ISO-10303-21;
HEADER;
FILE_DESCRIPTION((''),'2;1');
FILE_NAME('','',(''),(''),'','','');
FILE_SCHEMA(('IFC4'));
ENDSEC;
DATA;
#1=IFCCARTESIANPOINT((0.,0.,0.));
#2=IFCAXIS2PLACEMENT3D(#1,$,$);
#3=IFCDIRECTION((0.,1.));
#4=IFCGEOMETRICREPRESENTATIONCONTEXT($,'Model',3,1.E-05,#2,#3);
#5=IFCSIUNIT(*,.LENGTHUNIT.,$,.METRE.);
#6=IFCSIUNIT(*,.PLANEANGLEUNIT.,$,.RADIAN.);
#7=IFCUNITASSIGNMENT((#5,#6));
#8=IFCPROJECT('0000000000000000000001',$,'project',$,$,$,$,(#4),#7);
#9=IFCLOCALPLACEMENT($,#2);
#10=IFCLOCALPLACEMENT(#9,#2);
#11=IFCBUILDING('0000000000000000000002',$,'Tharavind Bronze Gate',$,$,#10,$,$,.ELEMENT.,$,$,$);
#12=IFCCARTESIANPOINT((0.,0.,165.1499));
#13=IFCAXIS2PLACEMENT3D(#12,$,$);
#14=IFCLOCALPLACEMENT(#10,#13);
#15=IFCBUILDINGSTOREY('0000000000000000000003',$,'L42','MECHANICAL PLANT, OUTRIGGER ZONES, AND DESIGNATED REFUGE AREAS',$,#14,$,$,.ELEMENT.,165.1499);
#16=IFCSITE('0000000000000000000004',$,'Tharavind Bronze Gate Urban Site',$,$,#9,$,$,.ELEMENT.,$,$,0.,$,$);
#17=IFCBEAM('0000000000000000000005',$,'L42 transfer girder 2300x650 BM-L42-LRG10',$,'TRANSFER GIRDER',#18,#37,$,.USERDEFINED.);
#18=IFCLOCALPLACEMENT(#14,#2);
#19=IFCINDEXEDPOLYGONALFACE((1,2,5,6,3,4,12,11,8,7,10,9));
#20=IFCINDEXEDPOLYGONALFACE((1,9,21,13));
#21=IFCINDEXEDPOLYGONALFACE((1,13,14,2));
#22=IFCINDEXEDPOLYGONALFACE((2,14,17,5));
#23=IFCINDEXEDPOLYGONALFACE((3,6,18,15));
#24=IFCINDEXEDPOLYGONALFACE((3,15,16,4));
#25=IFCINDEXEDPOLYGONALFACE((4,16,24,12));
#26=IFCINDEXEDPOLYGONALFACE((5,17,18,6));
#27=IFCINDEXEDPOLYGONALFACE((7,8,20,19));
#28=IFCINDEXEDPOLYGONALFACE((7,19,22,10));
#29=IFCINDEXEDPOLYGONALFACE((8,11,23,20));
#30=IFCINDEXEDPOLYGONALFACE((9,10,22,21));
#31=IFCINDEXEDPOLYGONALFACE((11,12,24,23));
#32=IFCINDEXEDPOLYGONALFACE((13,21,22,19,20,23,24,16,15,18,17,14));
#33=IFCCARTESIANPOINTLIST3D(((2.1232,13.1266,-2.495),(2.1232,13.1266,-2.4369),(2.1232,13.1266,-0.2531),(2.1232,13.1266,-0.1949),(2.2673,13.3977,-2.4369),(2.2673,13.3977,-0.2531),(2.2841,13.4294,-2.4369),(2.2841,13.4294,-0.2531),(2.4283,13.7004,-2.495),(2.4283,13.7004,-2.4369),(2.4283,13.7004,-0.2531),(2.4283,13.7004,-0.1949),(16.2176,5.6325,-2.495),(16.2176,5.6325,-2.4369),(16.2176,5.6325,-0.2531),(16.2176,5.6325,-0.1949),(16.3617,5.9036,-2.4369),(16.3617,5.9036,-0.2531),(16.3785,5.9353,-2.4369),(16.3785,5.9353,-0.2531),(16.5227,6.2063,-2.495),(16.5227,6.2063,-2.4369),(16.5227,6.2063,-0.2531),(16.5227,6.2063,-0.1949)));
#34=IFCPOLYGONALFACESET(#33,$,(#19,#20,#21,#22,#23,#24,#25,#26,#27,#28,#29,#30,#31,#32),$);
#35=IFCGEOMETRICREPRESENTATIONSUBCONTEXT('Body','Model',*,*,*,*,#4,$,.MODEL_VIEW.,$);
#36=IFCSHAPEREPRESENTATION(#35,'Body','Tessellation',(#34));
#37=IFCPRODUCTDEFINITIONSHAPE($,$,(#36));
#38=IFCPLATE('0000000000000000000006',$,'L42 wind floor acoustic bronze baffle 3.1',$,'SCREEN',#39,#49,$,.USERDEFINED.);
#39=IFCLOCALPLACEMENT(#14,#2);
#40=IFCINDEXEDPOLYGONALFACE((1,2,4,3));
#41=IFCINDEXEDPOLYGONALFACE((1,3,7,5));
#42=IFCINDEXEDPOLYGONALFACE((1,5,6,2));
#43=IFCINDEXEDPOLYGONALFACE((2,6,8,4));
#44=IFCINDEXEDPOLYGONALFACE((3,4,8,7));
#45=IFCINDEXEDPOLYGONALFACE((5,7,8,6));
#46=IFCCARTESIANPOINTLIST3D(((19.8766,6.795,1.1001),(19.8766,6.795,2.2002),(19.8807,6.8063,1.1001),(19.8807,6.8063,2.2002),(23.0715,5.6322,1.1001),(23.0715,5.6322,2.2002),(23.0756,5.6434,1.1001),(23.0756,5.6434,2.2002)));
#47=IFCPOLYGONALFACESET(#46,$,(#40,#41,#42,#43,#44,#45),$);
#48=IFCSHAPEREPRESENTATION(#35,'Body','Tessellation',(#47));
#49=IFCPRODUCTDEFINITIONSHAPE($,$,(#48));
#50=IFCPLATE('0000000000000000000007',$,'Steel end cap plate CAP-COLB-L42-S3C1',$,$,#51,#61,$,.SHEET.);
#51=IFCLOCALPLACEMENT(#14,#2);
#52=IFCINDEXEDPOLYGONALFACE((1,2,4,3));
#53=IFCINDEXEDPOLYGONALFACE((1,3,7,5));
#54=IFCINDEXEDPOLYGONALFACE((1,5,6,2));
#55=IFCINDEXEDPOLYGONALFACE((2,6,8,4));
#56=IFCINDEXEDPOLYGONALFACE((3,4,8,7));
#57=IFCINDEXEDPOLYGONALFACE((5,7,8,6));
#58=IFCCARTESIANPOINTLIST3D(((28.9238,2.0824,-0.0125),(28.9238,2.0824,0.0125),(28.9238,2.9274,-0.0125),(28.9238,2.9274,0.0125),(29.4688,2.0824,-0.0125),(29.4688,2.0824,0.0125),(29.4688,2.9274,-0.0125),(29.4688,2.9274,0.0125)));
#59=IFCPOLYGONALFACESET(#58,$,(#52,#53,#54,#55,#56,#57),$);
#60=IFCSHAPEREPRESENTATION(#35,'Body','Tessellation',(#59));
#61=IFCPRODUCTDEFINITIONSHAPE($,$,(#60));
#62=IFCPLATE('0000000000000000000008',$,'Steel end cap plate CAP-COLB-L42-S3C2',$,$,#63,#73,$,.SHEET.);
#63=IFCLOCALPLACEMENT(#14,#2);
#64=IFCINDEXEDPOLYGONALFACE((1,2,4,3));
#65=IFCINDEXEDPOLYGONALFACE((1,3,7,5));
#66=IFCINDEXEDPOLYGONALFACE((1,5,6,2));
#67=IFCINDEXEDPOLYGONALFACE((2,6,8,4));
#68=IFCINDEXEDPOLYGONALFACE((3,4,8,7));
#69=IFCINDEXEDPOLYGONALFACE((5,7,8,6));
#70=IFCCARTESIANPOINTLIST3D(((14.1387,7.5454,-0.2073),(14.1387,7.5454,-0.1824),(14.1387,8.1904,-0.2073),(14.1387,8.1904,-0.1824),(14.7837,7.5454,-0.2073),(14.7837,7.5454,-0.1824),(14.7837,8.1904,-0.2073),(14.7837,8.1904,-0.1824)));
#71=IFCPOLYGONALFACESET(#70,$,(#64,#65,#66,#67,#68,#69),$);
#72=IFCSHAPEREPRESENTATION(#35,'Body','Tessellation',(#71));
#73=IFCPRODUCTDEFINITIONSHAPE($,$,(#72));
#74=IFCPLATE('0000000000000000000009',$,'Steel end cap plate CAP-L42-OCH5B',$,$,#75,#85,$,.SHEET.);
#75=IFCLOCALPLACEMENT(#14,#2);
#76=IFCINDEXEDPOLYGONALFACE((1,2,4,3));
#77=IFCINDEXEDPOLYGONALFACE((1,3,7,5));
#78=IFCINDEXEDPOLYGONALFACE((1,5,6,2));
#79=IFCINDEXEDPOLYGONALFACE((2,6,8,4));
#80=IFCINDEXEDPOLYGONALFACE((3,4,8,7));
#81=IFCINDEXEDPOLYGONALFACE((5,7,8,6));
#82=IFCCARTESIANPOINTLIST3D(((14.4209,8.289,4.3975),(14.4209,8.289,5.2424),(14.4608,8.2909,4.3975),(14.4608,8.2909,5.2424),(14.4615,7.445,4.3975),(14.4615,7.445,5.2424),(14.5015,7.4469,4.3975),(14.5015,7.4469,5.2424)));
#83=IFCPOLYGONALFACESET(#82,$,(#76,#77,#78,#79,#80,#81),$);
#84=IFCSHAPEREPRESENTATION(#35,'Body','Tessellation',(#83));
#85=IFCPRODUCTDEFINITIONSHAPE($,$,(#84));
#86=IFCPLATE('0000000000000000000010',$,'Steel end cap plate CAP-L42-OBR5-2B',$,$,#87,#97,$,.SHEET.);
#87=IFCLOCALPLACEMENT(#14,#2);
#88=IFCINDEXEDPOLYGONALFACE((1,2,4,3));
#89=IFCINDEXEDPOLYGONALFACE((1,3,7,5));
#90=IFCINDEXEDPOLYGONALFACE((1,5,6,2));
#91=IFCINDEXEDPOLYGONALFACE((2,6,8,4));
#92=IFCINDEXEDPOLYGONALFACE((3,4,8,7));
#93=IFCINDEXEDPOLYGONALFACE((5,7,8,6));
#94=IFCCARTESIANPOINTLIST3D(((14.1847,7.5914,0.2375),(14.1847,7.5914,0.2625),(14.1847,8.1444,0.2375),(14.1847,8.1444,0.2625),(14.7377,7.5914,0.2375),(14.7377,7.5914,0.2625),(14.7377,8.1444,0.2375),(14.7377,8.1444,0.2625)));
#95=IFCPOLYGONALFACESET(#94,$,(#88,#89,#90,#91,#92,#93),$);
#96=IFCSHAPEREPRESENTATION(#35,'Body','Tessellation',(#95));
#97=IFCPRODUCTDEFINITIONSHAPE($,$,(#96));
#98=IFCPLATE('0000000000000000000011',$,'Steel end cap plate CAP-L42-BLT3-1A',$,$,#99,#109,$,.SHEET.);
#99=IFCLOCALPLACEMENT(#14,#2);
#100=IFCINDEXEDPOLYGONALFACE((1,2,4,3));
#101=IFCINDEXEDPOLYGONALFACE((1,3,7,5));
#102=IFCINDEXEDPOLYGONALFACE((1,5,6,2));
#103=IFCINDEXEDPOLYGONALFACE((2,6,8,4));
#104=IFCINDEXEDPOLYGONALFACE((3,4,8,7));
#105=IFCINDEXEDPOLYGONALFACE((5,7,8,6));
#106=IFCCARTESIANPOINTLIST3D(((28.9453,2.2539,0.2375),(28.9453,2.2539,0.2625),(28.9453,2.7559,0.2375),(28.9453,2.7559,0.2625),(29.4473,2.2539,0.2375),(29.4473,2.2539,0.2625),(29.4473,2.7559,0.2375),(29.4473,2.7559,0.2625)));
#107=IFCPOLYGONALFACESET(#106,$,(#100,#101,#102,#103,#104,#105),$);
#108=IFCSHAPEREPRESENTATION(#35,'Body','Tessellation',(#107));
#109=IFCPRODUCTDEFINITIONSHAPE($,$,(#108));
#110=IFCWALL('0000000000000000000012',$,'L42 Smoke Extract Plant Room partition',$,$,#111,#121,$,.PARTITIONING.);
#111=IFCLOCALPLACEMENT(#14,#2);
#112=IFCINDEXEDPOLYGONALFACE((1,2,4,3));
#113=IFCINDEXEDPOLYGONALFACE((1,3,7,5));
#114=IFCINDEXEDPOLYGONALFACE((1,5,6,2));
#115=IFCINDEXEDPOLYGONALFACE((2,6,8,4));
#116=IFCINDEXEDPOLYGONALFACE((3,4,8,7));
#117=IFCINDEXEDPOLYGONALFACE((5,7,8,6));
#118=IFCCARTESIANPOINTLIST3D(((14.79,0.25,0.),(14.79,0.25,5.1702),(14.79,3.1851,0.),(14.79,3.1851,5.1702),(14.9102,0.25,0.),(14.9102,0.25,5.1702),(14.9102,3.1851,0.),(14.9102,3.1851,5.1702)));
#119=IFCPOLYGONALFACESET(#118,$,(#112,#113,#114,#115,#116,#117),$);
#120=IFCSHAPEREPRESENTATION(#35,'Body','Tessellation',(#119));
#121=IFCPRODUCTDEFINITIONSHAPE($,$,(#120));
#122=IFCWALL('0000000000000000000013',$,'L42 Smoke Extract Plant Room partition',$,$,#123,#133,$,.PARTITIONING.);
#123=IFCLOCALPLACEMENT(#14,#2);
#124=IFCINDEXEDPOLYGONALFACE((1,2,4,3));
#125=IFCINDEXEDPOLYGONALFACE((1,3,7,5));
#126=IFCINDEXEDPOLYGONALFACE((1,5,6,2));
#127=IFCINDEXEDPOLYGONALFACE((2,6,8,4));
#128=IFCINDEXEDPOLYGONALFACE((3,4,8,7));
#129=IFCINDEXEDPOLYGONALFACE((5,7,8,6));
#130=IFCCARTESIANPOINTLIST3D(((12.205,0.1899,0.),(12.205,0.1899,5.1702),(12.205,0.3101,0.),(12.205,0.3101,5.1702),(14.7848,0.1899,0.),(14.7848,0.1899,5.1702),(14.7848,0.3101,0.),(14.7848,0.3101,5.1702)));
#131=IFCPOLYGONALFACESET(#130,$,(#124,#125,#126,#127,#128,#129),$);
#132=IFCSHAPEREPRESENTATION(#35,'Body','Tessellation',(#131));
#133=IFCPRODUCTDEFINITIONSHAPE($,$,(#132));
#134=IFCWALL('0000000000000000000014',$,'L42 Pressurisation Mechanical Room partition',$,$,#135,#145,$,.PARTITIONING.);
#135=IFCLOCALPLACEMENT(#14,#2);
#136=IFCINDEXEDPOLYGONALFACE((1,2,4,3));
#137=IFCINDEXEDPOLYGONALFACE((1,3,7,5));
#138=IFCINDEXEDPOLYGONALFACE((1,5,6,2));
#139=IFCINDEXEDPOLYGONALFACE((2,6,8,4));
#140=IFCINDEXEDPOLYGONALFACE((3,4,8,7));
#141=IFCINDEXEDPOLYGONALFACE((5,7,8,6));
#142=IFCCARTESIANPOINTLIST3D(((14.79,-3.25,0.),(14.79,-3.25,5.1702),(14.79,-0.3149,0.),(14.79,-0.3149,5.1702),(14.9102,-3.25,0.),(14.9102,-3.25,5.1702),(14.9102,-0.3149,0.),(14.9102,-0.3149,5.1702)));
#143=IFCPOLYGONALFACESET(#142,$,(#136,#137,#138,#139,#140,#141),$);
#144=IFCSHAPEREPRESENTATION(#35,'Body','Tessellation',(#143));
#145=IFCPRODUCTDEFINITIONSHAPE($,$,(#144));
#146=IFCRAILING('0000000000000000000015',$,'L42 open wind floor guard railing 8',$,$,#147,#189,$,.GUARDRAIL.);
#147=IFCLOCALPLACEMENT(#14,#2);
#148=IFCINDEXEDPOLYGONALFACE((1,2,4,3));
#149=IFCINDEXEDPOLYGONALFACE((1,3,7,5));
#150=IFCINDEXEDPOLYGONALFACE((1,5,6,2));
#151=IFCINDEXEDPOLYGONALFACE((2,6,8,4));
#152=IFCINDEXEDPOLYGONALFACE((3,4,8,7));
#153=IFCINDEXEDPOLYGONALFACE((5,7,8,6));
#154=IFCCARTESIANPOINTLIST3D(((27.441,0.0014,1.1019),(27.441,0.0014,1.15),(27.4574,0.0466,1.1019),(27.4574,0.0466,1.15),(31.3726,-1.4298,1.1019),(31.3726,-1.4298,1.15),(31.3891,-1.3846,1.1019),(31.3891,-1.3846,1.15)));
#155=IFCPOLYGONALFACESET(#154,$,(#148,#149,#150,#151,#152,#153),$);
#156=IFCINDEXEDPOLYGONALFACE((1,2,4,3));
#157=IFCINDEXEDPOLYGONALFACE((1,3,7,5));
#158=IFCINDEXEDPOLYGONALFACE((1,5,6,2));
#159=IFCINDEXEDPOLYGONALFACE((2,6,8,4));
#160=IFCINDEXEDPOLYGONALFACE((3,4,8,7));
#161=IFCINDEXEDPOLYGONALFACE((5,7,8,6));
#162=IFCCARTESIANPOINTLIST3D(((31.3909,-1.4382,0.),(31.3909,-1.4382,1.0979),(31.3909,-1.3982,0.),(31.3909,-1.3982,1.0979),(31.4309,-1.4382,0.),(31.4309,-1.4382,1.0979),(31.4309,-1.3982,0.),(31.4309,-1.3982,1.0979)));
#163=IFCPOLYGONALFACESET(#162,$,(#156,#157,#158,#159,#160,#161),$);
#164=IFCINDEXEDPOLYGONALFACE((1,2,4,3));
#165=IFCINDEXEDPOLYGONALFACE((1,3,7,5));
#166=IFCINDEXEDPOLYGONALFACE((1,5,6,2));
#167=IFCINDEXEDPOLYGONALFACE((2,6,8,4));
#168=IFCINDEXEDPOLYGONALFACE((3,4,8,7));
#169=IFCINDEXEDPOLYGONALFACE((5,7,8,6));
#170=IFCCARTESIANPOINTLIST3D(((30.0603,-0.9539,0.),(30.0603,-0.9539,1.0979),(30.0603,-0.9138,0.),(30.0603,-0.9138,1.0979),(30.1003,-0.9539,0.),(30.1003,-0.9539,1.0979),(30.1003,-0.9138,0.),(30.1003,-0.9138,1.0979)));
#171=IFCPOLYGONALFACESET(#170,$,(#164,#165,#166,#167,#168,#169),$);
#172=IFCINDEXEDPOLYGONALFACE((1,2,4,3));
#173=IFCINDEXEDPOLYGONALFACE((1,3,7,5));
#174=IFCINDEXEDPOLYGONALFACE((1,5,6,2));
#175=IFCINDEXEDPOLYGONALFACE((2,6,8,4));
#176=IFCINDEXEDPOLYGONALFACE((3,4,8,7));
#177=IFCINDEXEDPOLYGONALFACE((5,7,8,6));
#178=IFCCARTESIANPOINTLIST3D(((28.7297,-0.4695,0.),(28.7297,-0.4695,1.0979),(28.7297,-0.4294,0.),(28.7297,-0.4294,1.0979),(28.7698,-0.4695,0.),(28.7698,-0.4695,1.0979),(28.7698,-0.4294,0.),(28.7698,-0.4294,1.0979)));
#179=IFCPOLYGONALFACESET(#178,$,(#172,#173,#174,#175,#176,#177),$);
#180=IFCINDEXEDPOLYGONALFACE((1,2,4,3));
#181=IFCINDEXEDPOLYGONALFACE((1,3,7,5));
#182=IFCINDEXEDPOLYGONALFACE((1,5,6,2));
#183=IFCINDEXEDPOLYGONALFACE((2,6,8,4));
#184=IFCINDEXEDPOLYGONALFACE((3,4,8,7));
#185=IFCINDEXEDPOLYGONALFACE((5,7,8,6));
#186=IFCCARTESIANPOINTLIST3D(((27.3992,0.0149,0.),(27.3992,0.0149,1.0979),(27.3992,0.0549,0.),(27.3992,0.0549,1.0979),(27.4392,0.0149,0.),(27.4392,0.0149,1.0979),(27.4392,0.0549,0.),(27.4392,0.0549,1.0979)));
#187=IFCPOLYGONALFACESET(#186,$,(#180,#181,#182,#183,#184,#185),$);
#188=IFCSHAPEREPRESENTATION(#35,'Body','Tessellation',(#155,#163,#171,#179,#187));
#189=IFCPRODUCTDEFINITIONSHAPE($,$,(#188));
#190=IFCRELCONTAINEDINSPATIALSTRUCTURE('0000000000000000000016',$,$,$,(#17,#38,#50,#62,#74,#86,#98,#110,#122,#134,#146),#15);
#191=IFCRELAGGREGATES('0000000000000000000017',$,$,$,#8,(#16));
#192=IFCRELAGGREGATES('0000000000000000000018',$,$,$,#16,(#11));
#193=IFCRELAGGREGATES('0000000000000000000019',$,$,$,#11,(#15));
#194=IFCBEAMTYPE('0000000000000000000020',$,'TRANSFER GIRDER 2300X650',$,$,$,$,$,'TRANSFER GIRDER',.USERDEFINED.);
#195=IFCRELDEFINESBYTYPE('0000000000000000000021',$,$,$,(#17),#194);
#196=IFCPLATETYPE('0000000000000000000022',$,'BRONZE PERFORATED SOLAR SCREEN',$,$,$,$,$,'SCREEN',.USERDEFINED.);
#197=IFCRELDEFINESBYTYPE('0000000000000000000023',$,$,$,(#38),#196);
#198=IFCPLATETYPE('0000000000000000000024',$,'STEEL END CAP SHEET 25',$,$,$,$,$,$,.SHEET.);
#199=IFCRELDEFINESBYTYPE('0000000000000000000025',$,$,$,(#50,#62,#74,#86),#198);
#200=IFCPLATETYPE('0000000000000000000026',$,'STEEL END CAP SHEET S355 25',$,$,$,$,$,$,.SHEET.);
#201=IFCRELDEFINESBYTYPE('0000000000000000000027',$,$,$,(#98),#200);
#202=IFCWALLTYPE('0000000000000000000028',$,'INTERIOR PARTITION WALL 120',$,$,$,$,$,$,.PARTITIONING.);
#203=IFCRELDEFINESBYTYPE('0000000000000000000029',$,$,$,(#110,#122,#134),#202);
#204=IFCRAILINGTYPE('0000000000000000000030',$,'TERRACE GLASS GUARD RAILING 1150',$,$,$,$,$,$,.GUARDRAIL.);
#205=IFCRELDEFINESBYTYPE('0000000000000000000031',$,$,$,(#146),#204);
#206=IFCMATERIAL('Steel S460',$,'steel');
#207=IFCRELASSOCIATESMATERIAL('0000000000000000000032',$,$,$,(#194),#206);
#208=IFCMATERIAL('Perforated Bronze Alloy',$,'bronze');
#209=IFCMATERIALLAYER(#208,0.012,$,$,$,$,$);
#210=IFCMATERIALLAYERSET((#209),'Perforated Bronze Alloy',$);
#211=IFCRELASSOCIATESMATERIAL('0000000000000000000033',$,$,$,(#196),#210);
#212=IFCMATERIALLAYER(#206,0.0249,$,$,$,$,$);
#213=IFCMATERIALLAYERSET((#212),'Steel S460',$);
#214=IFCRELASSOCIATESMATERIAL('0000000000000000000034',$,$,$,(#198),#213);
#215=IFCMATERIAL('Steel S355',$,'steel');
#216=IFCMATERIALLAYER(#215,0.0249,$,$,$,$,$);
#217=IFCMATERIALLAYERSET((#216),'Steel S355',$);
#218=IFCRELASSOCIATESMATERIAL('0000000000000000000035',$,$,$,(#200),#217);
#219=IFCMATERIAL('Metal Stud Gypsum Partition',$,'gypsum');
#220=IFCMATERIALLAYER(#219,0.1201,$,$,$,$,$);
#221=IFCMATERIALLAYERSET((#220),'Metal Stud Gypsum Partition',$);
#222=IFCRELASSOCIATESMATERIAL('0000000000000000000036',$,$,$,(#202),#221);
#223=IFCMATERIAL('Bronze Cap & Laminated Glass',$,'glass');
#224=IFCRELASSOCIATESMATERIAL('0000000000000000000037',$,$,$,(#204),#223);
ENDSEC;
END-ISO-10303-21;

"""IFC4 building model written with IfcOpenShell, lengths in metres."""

from ifc_helpers import new_model, si_unit, direction, frame, frame_2d, origin, origin_2d, place, context, subcontext, project, spatial, rectangle, i_section, extrude, material, layer, layer_set, material_profile, profile_set, type_object, element, save


model = new_model("IFC4")

# Units and contexts
model_context = context("Model", 3, precision=1e-05, world=origin(), true_north=direction((0.0, 1.0)))
body_context = subcontext(model_context, "Body", "Model", "MODEL_VIEW")
ifc_project = project(units=[si_unit("LENGTHUNIT", "METRE"), si_unit("PLANEANGLEUNIT", "RADIAN")], contexts=[model_context])

# Site, building, storey
site_placement = place(None, origin())
site = spatial("IfcSite", under=ifc_project, at=site_placement, Name="Tharavind Bronze Gate Urban Site", CompositionType="ELEMENT", RefElevation=0.0)
building_placement = place(site_placement, origin())
building = spatial("IfcBuilding", under=site, at=building_placement, Name="Tharavind Bronze Gate", CompositionType="ELEMENT")
storey_placement = place(building_placement, frame((0.0, 0.0, 165.1499)))
storey = spatial("IfcBuildingStorey", under=building, at=storey_placement, Name="L42", Description="MECHANICAL PLANT, OUTRIGGER ZONES, AND DESIGNATED REFUGE AREAS", CompositionType="ELEMENT", Elevation=165.1499)

# Shared definitions
ifc_material_1 = material(Name="Steel S460", Category="steel")

# Beam
ifc_material_profile_1 = material_profile(ifc_material_1, i_section(OverallWidth=0.6499, OverallDepth=2.3, WebThickness=0.0359, FlangeThickness=0.0581, at=origin_2d()), Name="PG2300X650")
ifc_profile_set_1 = profile_set([ifc_material_profile_1], Name="Steel S460")
beam_type = type_object("IfcBeamType", Name="TRANSFER GIRDER 2300X650", ElementType="TRANSFER GIRDER", PredefinedType="USERDEFINED", material=ifc_profile_set_1)
beam_1_placement = place(storey_placement, frame((16.3701, 5.9194, -1.345), z_axis=(-0.882948, 0.46947, 0.0), x_axis=(-0.46947, -0.882948, 0.0)))
element("IfcBeam", 1, at=beam_1_placement, inside=storey, type_object=beam_type, Name="L42 transfer girder 2300x650 BM-L42-LRG10", ObjectType="TRANSFER GIRDER", PredefinedType="USERDEFINED", context=body_context, shape_type="SweptSolid", body=[
    extrude(i_section(OverallWidth=0.6499, OverallDepth=2.3, WebThickness=0.0359, FlangeThickness=0.0581, at=origin_2d()), origin(), (0.0, 0.0, 1.0), 15.9629),
])

# Plates
ifc_material_2 = material(Name="Perforated Bronze Alloy", Category="bronze")
ifc_layer_1 = layer(ifc_material_2, 0.012)
ifc_layer_set_1 = layer_set([ifc_layer_1], Name="Perforated Bronze Alloy")
plate_type_1 = type_object("IfcPlateType", Name="BRONZE PERFORATED SOLAR SCREEN", ElementType="SCREEN", PredefinedType="USERDEFINED", material=ifc_layer_set_1)
plate_1_placement = place(storey_placement, frame((21.4761, 6.2192, 1.1001), z_axis=(0.0, 0.0, 1.0), x_axis=(-0.939692, 0.342022, 0.0)))
element("IfcPlate", 2, at=plate_1_placement, inside=storey, type_object=plate_type_1, Name="L42 wind floor acoustic bronze baffle 3.1", ObjectType="SCREEN", PredefinedType="USERDEFINED", context=body_context, shape_type="SweptSolid", body=[
    extrude(rectangle(XDim=3.3999, YDim=0.012, at=origin_2d()), origin(), (0.0, 0.0, 1.0), 1.1001),
])
ifc_layer_2 = layer(ifc_material_1, 0.0249)
ifc_layer_set_2 = layer_set([ifc_layer_2], Name="Steel S460")
plate_type_2 = type_object("IfcPlateType", Name="STEEL END CAP SHEET 25", PredefinedType="SHEET", material=ifc_layer_set_2)
plate_2_placement = place(storey_placement, frame((29.1963, 2.5049, -0.0125), z_axis=(0.0, 0.0, 1.0), x_axis=(1.0, 0.0, 0.0)))
element("IfcPlate", 3, at=plate_2_placement, inside=storey, type_object=plate_type_2, Name="Steel end cap plate CAP-COLB-L42-S3C1", PredefinedType="SHEET", context=body_context, shape_type="SweptSolid", body=[
    extrude(rectangle(XDim=0.5449, YDim=0.845, at=origin_2d()), origin(), (0.0, 0.0, 1.0), 0.0249),
])
plate_3_placement = place(storey_placement, frame((14.4612, 7.8679, -0.2073), z_axis=(0.0, 0.0, 1.0), x_axis=(1.0, 0.0, 0.0)))
element("IfcPlate", 4, at=plate_3_placement, inside=storey, type_object=plate_type_2, Name="Steel end cap plate CAP-COLB-L42-S3C2", PredefinedType="SHEET", context=body_context, shape_type="SweptSolid", body=[
    extrude(rectangle(XDim=0.645, YDim=0.645, at=origin_2d()), origin(), (0.0, 0.0, 1.0), 0.0249),
])
plate_4_placement = place(storey_placement, frame((14.4612, 7.8679, 4.3975), z_axis=(0.0, 0.0, 1.0), x_axis=(0.998842, 0.048118, 0.0)))
element("IfcPlate", 5, at=plate_4_placement, inside=storey, type_object=plate_type_2, Name="Steel end cap plate CAP-L42-OCH5B", PredefinedType="SHEET", context=body_context, shape_type="SweptSolid", body=[
    extrude(rectangle(XDim=0.04, YDim=0.845, at=origin_2d()), origin(), (0.0, 0.0, 1.0), 0.845),
])
plate_5_placement = place(storey_placement, frame((14.4612, 7.8679, 0.2375), z_axis=(0.0, 0.0, 1.0), x_axis=(1.0, 0.0, 0.0)))
element("IfcPlate", 6, at=plate_5_placement, inside=storey, type_object=plate_type_2, Name="Steel end cap plate CAP-L42-OBR5-2B", PredefinedType="SHEET", context=body_context, shape_type="SweptSolid", body=[
    extrude(rectangle(XDim=0.553, YDim=0.553, at=origin_2d()), origin(), (0.0, 0.0, 1.0), 0.0249),
])
ifc_material_3 = material(Name="Steel S355", Category="steel")
ifc_layer_3 = layer(ifc_material_3, 0.0249)
ifc_layer_set_3 = layer_set([ifc_layer_3], Name="Steel S355")
plate_type_3 = type_object("IfcPlateType", Name="STEEL END CAP SHEET S355 25", PredefinedType="SHEET", material=ifc_layer_set_3)
plate_6_placement = place(storey_placement, frame((29.1963, 2.5049, 0.2375), z_axis=(0.0, 0.0, 1.0), x_axis=(1.0, 0.0, 0.0)))
element("IfcPlate", 7, at=plate_6_placement, inside=storey, type_object=plate_type_3, Name="Steel end cap plate CAP-L42-BLT3-1A", PredefinedType="SHEET", context=body_context, shape_type="SweptSolid", body=[
    extrude(rectangle(XDim=0.502, YDim=0.502, at=origin_2d()), origin(), (0.0, 0.0, 1.0), 0.0249),
])

# Walls
ifc_material_4 = material(Name="Metal Stud Gypsum Partition", Category="gypsum")
ifc_layer_4 = layer(ifc_material_4, 0.1201)
ifc_layer_set_4 = layer_set([ifc_layer_4], Name="Metal Stud Gypsum Partition")
wall_type = type_object("IfcWallType", Name="INTERIOR PARTITION WALL 120", PredefinedType="PARTITIONING", material=ifc_layer_set_4)
wall_1_placement = place(storey_placement, frame((14.8501, 3.1851, 0.0), z_axis=(0.0, 0.0, 1.0), x_axis=(0.0, -1.0, 0.0)))
element("IfcWall", 8, at=wall_1_placement, inside=storey, type_object=wall_type, Name="L42 Smoke Extract Plant Room partition", PredefinedType="PARTITIONING", context=body_context, shape_type="SweptSolid", body=[
    extrude(rectangle(XDim=2.9351, YDim=0.1201, at=frame_2d((1.4675, 0.0))), origin(), (0.0, 0.0, 1.0), 5.1702),
])
wall_2_placement = place(storey_placement, frame((14.7849, 0.25, 0.0), z_axis=(0.0, 0.0, 1.0), x_axis=(-1.0, 0.0, 0.0)))
element("IfcWall", 9, at=wall_2_placement, inside=storey, type_object=wall_type, Name="L42 Smoke Extract Plant Room partition", PredefinedType="PARTITIONING", context=body_context, shape_type="SweptSolid", body=[
    extrude(rectangle(XDim=2.5798, YDim=0.1201, at=frame_2d((1.29, 0.0))), origin(), (0.0, 0.0, 1.0), 5.1702),
])
wall_3_placement = place(storey_placement, frame((14.8501, -0.3149, 0.0), z_axis=(0.0, 0.0, 1.0), x_axis=(0.0, -1.0, 0.0)))
element("IfcWall", 10, at=wall_3_placement, inside=storey, type_object=wall_type, Name="L42 Pressurisation Mechanical Room partition", PredefinedType="PARTITIONING", context=body_context, shape_type="SweptSolid", body=[
    extrude(rectangle(XDim=2.9351, YDim=0.1201, at=frame_2d((1.4675, 0.0))), origin(), (0.0, 0.0, 1.0), 5.1702),
])

# Railing
ifc_material_5 = material(Name="Bronze Cap & Laminated Glass", Category="glass")
railing_type = type_object("IfcRailingType", Name="TERRACE GLASS GUARD RAILING 1150", PredefinedType="GUARDRAIL", material=ifc_material_5)
railing_1_placement = place(storey_placement, frame((31.4109, -1.4182, 0.0)))
element("IfcRailing", 11, at=railing_1_placement, inside=storey, type_object=railing_type, Name="L42 open wind floor guard railing 8", PredefinedType="GUARDRAIL", context=body_context, shape_type="SweptSolid", body=[
    extrude(rectangle(XDim=0.0481, YDim=0.0481, at=origin_2d()), frame((-0.03, 0.011, 1.126), z_axis=(-0.939673, 0.342075, 0.0), x_axis=(-0.342075, -0.939673, 0.0)), (0.0, 0.0, 1.0), 4.1841),
    extrude(rectangle(XDim=0.04, YDim=0.04, at=origin_2d()), origin(), (0.0, 0.0, 1.0), 1.0979),
    extrude(rectangle(XDim=0.04, YDim=0.04, at=origin_2d()), frame((-1.3306, 0.4844, 0.0)), (0.0, 0.0, 1.0), 1.0979),
    extrude(rectangle(XDim=0.04, YDim=0.04, at=origin_2d()), frame((-2.6611, 0.9688, 0.0)), (0.0, 0.0, 1.0), 1.0979),
    extrude(rectangle(XDim=0.04, YDim=0.04, at=origin_2d()), frame((-3.9917, 1.4531, 0.0)), (0.0, 0.0, 1.0), 1.0979),
])

save(model, "model.ifc")
